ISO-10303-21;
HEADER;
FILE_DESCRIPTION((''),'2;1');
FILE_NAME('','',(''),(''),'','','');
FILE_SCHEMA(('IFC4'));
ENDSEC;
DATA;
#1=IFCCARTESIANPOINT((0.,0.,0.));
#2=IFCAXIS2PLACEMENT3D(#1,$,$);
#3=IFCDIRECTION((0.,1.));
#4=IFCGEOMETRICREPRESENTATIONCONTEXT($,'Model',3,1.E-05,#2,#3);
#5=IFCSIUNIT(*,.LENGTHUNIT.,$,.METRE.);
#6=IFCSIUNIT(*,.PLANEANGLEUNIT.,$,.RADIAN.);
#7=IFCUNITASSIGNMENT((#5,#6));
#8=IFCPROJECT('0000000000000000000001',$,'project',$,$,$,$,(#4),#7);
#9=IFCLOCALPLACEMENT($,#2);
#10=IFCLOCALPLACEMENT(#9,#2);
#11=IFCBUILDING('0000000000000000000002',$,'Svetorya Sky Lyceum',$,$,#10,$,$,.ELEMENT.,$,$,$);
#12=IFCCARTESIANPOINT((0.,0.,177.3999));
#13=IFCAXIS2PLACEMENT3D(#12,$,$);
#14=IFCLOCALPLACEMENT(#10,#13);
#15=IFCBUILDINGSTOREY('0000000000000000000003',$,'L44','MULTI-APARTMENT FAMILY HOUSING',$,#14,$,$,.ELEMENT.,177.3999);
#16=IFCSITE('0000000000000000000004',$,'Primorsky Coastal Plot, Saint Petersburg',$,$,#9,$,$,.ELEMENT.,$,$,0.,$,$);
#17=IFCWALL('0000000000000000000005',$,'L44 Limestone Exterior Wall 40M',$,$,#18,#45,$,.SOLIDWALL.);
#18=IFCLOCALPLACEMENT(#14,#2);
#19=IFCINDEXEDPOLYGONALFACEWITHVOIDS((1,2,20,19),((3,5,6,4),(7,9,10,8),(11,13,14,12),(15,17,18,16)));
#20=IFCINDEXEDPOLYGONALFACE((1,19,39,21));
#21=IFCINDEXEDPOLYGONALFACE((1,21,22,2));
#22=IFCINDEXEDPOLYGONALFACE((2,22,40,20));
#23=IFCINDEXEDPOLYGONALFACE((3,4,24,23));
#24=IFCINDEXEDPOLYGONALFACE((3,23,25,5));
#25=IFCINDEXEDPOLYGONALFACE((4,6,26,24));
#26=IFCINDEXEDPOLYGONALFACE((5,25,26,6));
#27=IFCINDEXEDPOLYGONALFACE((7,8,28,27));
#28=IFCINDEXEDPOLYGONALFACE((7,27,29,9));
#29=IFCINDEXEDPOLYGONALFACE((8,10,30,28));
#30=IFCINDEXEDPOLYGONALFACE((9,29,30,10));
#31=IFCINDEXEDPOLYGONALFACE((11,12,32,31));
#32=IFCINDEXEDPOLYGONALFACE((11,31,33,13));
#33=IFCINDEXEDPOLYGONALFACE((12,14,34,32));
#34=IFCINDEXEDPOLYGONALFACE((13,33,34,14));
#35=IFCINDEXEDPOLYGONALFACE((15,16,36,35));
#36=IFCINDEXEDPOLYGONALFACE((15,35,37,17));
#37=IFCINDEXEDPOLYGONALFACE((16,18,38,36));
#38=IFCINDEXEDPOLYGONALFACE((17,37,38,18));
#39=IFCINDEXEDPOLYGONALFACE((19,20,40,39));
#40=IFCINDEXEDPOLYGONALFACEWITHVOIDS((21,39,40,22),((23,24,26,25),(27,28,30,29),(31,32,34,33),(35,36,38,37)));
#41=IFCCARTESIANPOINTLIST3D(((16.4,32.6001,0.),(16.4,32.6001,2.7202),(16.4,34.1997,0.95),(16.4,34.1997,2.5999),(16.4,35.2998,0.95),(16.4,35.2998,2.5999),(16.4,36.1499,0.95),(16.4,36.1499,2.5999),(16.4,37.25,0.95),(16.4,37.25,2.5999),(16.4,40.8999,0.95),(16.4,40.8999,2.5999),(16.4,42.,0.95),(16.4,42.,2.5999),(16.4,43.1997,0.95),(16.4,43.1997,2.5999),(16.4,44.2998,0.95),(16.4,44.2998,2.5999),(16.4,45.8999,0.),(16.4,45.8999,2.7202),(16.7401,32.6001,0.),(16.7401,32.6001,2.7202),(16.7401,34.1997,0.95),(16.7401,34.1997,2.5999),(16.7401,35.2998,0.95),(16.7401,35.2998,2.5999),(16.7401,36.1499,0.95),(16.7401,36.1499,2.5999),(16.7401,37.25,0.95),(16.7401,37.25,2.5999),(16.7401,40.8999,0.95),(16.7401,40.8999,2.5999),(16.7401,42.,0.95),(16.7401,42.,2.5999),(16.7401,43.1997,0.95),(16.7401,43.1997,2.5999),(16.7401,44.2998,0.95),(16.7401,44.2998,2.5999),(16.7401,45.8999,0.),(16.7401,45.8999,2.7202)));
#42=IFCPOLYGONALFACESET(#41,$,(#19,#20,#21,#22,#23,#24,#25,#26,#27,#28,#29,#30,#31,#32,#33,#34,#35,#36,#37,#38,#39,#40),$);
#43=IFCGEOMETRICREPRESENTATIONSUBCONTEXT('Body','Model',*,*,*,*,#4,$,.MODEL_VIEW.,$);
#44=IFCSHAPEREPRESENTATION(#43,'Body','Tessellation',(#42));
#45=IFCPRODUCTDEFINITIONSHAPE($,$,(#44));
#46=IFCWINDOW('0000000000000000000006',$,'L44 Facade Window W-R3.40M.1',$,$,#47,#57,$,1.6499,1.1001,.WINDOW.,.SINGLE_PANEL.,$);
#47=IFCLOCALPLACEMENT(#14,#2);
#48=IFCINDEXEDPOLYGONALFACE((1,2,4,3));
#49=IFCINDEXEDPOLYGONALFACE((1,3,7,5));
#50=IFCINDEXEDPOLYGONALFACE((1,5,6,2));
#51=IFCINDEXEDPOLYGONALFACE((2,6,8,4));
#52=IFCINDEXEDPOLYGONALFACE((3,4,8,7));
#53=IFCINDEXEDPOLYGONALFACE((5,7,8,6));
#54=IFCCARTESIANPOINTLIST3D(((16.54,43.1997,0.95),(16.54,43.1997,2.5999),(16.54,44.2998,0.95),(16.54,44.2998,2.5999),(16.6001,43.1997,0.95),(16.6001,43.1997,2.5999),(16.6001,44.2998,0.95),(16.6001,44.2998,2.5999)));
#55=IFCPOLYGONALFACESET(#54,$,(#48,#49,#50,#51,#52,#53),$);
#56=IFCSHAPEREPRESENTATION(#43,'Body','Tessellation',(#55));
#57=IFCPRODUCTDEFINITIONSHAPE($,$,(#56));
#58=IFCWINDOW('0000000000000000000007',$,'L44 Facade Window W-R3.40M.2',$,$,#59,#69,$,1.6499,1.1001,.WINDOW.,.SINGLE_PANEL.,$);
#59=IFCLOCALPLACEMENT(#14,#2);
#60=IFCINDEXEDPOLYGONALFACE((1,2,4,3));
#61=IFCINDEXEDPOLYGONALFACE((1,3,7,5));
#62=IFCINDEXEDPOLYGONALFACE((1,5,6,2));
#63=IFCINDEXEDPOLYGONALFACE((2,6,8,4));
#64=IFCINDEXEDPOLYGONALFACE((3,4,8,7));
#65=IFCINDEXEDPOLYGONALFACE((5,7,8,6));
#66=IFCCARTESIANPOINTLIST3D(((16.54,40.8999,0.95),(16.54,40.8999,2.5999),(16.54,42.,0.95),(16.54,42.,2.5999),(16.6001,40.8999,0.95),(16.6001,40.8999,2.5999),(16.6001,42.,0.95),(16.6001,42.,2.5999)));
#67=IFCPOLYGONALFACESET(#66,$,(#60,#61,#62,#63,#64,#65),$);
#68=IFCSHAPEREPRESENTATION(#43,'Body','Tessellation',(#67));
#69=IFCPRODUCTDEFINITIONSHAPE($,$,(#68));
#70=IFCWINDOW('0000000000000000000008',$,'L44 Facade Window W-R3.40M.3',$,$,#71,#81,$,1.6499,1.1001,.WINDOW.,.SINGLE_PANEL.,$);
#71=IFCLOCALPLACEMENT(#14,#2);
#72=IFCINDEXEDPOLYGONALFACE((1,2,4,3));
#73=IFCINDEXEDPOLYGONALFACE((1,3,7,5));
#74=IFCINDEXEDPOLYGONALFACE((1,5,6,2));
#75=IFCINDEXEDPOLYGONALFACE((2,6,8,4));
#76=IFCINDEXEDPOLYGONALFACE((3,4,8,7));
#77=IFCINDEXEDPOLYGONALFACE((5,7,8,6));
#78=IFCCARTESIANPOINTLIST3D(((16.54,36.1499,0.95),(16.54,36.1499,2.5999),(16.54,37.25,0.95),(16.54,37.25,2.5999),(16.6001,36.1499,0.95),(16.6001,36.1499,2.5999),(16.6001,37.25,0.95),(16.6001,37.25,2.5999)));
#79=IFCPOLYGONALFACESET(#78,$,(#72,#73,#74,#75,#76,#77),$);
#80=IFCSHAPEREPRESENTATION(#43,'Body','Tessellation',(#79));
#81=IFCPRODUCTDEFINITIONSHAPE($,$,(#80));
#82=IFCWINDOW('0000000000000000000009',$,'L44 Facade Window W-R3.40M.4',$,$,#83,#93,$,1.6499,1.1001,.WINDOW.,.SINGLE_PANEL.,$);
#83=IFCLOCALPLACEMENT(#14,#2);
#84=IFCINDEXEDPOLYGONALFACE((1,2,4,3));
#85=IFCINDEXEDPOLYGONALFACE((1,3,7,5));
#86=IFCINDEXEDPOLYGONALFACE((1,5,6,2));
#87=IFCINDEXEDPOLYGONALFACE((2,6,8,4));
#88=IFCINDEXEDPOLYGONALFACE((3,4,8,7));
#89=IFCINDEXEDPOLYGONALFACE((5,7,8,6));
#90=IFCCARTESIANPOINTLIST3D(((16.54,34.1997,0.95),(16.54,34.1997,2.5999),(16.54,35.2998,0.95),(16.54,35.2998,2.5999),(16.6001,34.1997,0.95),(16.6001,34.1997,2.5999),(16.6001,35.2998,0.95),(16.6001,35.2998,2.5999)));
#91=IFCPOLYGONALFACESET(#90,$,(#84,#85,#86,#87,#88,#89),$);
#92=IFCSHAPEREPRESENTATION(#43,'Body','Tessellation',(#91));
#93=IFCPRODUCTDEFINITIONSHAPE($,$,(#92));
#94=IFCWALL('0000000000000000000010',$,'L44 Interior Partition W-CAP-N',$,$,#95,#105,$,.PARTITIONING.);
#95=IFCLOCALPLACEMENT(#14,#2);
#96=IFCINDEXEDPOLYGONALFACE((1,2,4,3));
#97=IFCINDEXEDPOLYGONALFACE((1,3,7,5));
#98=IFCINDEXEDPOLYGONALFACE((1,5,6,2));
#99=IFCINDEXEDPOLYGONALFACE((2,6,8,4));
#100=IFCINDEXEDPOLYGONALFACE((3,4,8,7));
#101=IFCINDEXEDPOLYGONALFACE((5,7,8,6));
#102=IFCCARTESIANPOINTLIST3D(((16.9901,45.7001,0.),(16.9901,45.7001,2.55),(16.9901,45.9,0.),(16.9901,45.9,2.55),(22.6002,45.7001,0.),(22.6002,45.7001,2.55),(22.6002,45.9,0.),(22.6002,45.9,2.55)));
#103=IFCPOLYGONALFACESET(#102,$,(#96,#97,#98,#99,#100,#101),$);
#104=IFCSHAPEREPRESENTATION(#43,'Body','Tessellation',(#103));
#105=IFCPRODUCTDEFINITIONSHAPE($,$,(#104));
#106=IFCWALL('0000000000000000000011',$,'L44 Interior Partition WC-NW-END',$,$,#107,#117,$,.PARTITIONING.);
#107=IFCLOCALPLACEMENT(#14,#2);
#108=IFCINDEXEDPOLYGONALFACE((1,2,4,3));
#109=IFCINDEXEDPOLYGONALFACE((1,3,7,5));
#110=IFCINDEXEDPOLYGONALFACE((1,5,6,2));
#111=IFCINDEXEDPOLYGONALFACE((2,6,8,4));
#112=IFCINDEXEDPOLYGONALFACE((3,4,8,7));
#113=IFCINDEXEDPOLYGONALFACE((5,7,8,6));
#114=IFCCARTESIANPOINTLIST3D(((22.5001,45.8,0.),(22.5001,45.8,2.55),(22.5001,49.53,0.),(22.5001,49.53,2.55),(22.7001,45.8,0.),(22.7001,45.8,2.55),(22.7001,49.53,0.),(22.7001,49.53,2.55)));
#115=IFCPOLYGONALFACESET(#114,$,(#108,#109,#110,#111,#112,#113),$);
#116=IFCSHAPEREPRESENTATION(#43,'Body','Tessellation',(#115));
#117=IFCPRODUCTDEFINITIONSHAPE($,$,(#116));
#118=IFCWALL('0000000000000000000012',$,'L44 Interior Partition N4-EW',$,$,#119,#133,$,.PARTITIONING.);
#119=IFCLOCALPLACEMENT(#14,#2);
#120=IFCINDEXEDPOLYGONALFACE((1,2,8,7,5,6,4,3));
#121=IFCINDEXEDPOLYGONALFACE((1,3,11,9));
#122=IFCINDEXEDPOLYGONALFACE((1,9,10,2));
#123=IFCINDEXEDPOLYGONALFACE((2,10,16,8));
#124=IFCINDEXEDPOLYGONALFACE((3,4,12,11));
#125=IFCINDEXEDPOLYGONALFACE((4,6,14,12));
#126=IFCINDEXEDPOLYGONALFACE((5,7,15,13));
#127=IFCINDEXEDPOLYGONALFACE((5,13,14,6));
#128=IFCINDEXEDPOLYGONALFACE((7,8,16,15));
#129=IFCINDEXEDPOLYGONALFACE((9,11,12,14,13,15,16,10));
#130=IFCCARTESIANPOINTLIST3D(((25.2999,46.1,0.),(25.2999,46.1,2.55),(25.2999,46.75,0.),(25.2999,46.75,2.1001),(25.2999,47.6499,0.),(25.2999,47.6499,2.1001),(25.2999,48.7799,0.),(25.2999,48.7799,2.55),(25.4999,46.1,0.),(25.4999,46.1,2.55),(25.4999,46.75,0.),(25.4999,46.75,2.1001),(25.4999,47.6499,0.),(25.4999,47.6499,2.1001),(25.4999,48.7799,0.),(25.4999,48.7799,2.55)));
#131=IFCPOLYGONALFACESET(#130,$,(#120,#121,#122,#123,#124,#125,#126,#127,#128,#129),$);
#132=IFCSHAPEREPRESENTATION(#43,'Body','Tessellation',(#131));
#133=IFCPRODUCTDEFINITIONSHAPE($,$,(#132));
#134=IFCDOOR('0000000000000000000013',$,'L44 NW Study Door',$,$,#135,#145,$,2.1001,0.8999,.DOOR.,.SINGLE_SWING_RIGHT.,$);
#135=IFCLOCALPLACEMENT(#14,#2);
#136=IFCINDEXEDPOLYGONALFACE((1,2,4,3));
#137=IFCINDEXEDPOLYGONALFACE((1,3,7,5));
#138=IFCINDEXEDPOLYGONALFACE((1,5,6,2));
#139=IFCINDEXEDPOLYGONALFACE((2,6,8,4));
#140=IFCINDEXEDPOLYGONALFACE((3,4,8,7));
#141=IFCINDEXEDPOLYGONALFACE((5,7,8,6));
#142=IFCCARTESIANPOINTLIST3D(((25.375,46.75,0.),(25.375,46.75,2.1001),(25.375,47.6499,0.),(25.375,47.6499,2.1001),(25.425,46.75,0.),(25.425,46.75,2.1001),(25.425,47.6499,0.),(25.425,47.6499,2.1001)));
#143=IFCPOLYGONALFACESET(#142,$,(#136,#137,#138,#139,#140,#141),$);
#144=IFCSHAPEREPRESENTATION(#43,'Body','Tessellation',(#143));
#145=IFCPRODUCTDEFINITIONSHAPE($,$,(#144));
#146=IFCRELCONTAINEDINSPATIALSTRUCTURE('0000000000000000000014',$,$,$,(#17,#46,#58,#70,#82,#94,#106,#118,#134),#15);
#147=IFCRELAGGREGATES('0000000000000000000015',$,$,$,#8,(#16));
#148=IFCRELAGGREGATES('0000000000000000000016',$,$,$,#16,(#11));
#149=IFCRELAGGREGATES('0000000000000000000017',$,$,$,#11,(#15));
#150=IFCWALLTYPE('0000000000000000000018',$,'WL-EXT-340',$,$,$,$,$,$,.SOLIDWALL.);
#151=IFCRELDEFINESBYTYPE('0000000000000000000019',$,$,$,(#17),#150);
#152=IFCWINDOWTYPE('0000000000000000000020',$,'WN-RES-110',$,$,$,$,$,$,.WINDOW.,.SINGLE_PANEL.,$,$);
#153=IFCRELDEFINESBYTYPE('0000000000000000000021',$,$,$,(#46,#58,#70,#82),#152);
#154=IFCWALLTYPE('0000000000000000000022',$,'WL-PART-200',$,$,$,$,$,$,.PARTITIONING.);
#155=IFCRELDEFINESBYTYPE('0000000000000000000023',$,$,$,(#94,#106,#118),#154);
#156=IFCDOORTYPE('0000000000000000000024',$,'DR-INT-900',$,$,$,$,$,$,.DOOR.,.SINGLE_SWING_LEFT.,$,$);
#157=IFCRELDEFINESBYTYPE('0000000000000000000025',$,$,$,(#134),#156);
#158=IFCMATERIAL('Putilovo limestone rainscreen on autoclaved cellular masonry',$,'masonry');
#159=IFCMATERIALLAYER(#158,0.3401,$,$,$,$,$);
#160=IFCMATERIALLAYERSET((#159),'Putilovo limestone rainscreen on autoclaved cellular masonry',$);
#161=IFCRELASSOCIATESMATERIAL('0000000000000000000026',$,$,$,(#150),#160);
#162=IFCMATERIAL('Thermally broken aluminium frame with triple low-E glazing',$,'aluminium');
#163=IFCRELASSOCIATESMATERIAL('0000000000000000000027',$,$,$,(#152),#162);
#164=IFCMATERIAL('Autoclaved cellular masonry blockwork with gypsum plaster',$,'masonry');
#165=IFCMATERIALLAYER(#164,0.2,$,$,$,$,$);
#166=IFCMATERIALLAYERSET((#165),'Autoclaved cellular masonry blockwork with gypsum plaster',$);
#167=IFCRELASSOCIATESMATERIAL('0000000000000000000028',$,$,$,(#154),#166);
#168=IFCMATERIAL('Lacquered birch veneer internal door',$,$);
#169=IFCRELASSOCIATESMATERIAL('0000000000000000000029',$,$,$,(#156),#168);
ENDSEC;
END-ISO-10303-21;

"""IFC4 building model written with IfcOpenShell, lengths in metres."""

from ifc_helpers import new_model, si_unit, direction, frame, frame_2d, origin, place, context, subcontext, project, spatial, rectangle, extrude, material, layer, layer_set, type_object, element, fill, save


model = new_model("IFC4")

# Units and contexts
model_context = context("Model", 3, precision=1e-05, world=origin(), true_north=direction((0.0, 1.0)))
body_context = subcontext(model_context, "Body", "Model", "MODEL_VIEW")
ifc_project = project(units=[si_unit("LENGTHUNIT", "METRE"), si_unit("PLANEANGLEUNIT", "RADIAN")], contexts=[model_context])

# Site, building, storey
site_placement = place(None, origin())
site = spatial("IfcSite", under=ifc_project, at=site_placement, Name="Primorsky Coastal Plot, Saint Petersburg", CompositionType="ELEMENT", RefElevation=0.0)
building_placement = place(site_placement, origin())
building = spatial("IfcBuilding", under=site, at=building_placement, Name="Svetorya Sky Lyceum", CompositionType="ELEMENT")
storey_placement = place(building_placement, frame((0.0, 0.0, 177.3999)))
storey = spatial("IfcBuildingStorey", under=building, at=storey_placement, Name="L44", Description="MULTI-APARTMENT FAMILY HOUSING", CompositionType="ELEMENT", Elevation=177.3999)

# Shared definitions
ifc_material_1 = material(Name="Putilovo limestone rainscreen on autoclaved cellular masonry", Category="masonry")
ifc_layer_1 = layer(ifc_material_1, 0.3401)
ifc_layer_set_1 = layer_set([ifc_layer_1], Name="Putilovo limestone rainscreen on autoclaved cellular masonry")
wall_type_1 = type_object("IfcWallType", Name="WL-EXT-340", PredefinedType="SOLIDWALL", material=ifc_layer_set_1)

# Wall, openings, windows
wall_1_placement = place(storey_placement, frame((16.5701, 45.8999, 0.0), z_axis=(0.0, 0.0, 1.0), x_axis=(0.0, -1.0, 0.0)))
wall_1 = element("IfcWall", 1, at=wall_1_placement, inside=storey, type_object=wall_type_1, Name="L44 Limestone Exterior Wall 40M", PredefinedType="SOLIDWALL", context=body_context, shape_type="SweptSolid", body=[
    extrude(rectangle(XDim=13.2998, YDim=0.3401, at=frame_2d((6.6499, 0.0))), origin(), (0.0, 0.0, 1.0), 2.7202),
])
opening_1_placement = place(wall_1_placement, frame((1.6001, 0.0, 0.95)))
opening_1 = element("IfcOpeningElement", 2, at=opening_1_placement, cuts=wall_1, PredefinedType="OPENING", context=body_context, shape_type="SweptSolid", body=[
    extrude(rectangle(XDim=1.1001, YDim=1.6499, at=frame_2d((0.55, 0.825))), frame((0.0, 0.1799, 0.0), z_axis=(0.0, -1.0, 0.0), x_axis=(1.0, 0.0, 0.0)), (0.0, 0.0, 1.0), 0.3601),
])
opening_2_placement = place(wall_1_placement, frame((3.8999, 0.0, 0.95)))
opening_2 = element("IfcOpeningElement", 3, at=opening_2_placement, cuts=wall_1, PredefinedType="OPENING", context=body_context, shape_type="SweptSolid", body=[
    extrude(rectangle(XDim=1.1001, YDim=1.6499, at=frame_2d((0.55, 0.825))), frame((0.0, 0.1799, 0.0), z_axis=(0.0, -1.0, 0.0), x_axis=(1.0, 0.0, 0.0)), (0.0, 0.0, 1.0), 0.3601),
])
opening_3_placement = place(wall_1_placement, frame((8.6499, 0.0, 0.95)))
opening_3 = element("IfcOpeningElement", 4, at=opening_3_placement, cuts=wall_1, PredefinedType="OPENING", context=body_context, shape_type="SweptSolid", body=[
    extrude(rectangle(XDim=1.1001, YDim=1.6499, at=frame_2d((0.55, 0.825))), frame((0.0, 0.1799, 0.0), z_axis=(0.0, -1.0, 0.0), x_axis=(1.0, 0.0, 0.0)), (0.0, 0.0, 1.0), 0.3601),
])
opening_4_placement = place(wall_1_placement, frame((10.6001, 0.0, 0.95)))
opening_4 = element("IfcOpeningElement", 5, at=opening_4_placement, cuts=wall_1, PredefinedType="OPENING", context=body_context, shape_type="SweptSolid", body=[
    extrude(rectangle(XDim=1.1001, YDim=1.6499, at=frame_2d((0.55, 0.825))), frame((0.0, 0.1799, 0.0), z_axis=(0.0, -1.0, 0.0), x_axis=(1.0, 0.0, 0.0)), (0.0, 0.0, 1.0), 0.3601),
])
ifc_material_2 = material(Name="Thermally broken aluminium frame with triple low-E glazing", Category="aluminium")
window_type = type_object("IfcWindowType", Name="WN-RES-110", PartitioningType="SINGLE_PANEL", PredefinedType="WINDOW", material=ifc_material_2)
window_1_placement = place(opening_1_placement, origin())
window_1 = element("IfcWindow", 6, at=window_1_placement, inside=storey, type_object=window_type, Name="L44 Facade Window W-R3.40M.1", OverallHeight=1.6499, OverallWidth=1.1001, PartitioningType="SINGLE_PANEL", PredefinedType="WINDOW", context=body_context, shape_type="SweptSolid", body=[
    extrude(rectangle(XDim=1.1001, YDim=1.6499, at=frame_2d((0.55, 0.825))), frame((0.0, 0.03, 0.0), z_axis=(0.0, -1.0, 0.0), x_axis=(1.0, 0.0, 0.0)), (0.0, 0.0, 1.0), 0.0601),
])
fill(opening_1, window_1)
window_2_placement = place(opening_2_placement, origin())
window_2 = element("IfcWindow", 7, at=window_2_placement, inside=storey, type_object=window_type, Name="L44 Facade Window W-R3.40M.2", OverallHeight=1.6499, OverallWidth=1.1001, PartitioningType="SINGLE_PANEL", PredefinedType="WINDOW", context=body_context, shape_type="SweptSolid", body=[
    extrude(rectangle(XDim=1.1001, YDim=1.6499, at=frame_2d((0.55, 0.825))), frame((0.0, 0.03, 0.0), z_axis=(0.0, -1.0, 0.0), x_axis=(1.0, 0.0, 0.0)), (0.0, 0.0, 1.0), 0.0601),
])
fill(opening_2, window_2)
window_3_placement = place(opening_3_placement, origin())
window_3 = element("IfcWindow", 8, at=window_3_placement, inside=storey, type_object=window_type, Name="L44 Facade Window W-R3.40M.3", OverallHeight=1.6499, OverallWidth=1.1001, PartitioningType="SINGLE_PANEL", PredefinedType="WINDOW", context=body_context, shape_type="SweptSolid", body=[
    extrude(rectangle(XDim=1.1001, YDim=1.6499, at=frame_2d((0.55, 0.825))), frame((0.0, 0.03, 0.0), z_axis=(0.0, -1.0, 0.0), x_axis=(1.0, 0.0, 0.0)), (0.0, 0.0, 1.0), 0.0601),
])
fill(opening_3, window_3)
window_4_placement = place(opening_4_placement, origin())
window_4 = element("IfcWindow", 9, at=window_4_placement, inside=storey, type_object=window_type, Name="L44 Facade Window W-R3.40M.4", OverallHeight=1.6499, OverallWidth=1.1001, PartitioningType="SINGLE_PANEL", PredefinedType="WINDOW", context=body_context, shape_type="SweptSolid", body=[
    extrude(rectangle(XDim=1.1001, YDim=1.6499, at=frame_2d((0.55, 0.825))), frame((0.0, 0.03, 0.0), z_axis=(0.0, -1.0, 0.0), x_axis=(1.0, 0.0, 0.0)), (0.0, 0.0, 1.0), 0.0601),
])
fill(opening_4, window_4)

# Walls
ifc_material_3 = material(Name="Autoclaved cellular masonry blockwork with gypsum plaster", Category="masonry")
ifc_layer_2 = layer(ifc_material_3, 0.2)
ifc_layer_set_2 = layer_set([ifc_layer_2], Name="Autoclaved cellular masonry blockwork with gypsum plaster")
wall_type_2 = type_object("IfcWallType", Name="WL-PART-200", PredefinedType="PARTITIONING", material=ifc_layer_set_2)
wall_2_placement = place(storey_placement, frame((16.99, 45.8, 0.0), z_axis=(0.0, 0.0, 1.0), x_axis=(1.0, 0.0, 0.0)))
element("IfcWall", 10, at=wall_2_placement, inside=storey, type_object=wall_type_2, Name="L44 Interior Partition W-CAP-N", PredefinedType="PARTITIONING", context=body_context, shape_type="SweptSolid", body=[
    extrude(rectangle(XDim=5.6101, YDim=0.2, at=frame_2d((2.8052, 0.0))), origin(), (0.0, 0.0, 1.0), 2.55),
])
wall_3_placement = place(storey_placement, frame((22.6001, 45.8, 0.0), z_axis=(0.0, 0.0, 1.0), x_axis=(0.0, 1.0, 0.0)))
element("IfcWall", 11, at=wall_3_placement, inside=storey, type_object=wall_type_2, Name="L44 Interior Partition WC-NW-END", PredefinedType="PARTITIONING", context=body_context, shape_type="SweptSolid", body=[
    extrude(rectangle(XDim=3.73, YDim=0.2, at=frame_2d((1.865, 0.0))), origin(), (0.0, 0.0, 1.0), 2.55),
])

# Wall, opening, door
wall_4_placement = place(storey_placement, frame((25.3999, 46.1001, 0.0), z_axis=(0.0, 0.0, 1.0), x_axis=(0.0, 1.0, 0.0)))
wall_4 = element("IfcWall", 12, at=wall_4_placement, inside=storey, type_object=wall_type_2, Name="L44 Interior Partition N4-EW", PredefinedType="PARTITIONING", context=body_context, shape_type="SweptSolid", body=[
    extrude(rectangle(XDim=2.6799, YDim=0.2, at=frame_2d((1.3398, 0.0))), origin(), (0.0, 0.0, 1.0), 2.55),
])
opening_5_placement = place(wall_4_placement, frame((0.6499, 0.0, 0.0)))
opening_5 = element("IfcOpeningElement", 13, at=opening_5_placement, cuts=wall_4, PredefinedType="OPENING", context=body_context, shape_type="SweptSolid", body=[
    extrude(rectangle(XDim=0.8999, YDim=2.1001, at=frame_2d((0.45, 1.05))), frame((0.0, 0.1099, 0.0), z_axis=(0.0, -1.0, 0.0), x_axis=(1.0, 0.0, 0.0)), (0.0, 0.0, 1.0), 0.22),
])
ifc_material_4 = material(Name="Lacquered birch veneer internal door")
door_type = type_object("IfcDoorType", Name="DR-INT-900", OperationType="SINGLE_SWING_LEFT", PredefinedType="DOOR", material=ifc_material_4)
door_placement = place(opening_5_placement, origin())
door = element("IfcDoor", 14, at=door_placement, inside=storey, type_object=door_type, Name="L44 NW Study Door", OperationType="SINGLE_SWING_RIGHT", OverallHeight=2.1001, OverallWidth=0.8999, PredefinedType="DOOR", context=body_context, shape_type="SweptSolid", body=[
    extrude(rectangle(XDim=0.8999, YDim=2.1001, at=frame_2d((0.45, 1.05))), frame((0.0, 0.0249, 0.0), z_axis=(0.0, -1.0, 0.0), x_axis=(1.0, 0.0, 0.0)), (0.0, 0.0, 1.0), 0.05),
])
fill(opening_5, door)

save(model, "model.ifc")
